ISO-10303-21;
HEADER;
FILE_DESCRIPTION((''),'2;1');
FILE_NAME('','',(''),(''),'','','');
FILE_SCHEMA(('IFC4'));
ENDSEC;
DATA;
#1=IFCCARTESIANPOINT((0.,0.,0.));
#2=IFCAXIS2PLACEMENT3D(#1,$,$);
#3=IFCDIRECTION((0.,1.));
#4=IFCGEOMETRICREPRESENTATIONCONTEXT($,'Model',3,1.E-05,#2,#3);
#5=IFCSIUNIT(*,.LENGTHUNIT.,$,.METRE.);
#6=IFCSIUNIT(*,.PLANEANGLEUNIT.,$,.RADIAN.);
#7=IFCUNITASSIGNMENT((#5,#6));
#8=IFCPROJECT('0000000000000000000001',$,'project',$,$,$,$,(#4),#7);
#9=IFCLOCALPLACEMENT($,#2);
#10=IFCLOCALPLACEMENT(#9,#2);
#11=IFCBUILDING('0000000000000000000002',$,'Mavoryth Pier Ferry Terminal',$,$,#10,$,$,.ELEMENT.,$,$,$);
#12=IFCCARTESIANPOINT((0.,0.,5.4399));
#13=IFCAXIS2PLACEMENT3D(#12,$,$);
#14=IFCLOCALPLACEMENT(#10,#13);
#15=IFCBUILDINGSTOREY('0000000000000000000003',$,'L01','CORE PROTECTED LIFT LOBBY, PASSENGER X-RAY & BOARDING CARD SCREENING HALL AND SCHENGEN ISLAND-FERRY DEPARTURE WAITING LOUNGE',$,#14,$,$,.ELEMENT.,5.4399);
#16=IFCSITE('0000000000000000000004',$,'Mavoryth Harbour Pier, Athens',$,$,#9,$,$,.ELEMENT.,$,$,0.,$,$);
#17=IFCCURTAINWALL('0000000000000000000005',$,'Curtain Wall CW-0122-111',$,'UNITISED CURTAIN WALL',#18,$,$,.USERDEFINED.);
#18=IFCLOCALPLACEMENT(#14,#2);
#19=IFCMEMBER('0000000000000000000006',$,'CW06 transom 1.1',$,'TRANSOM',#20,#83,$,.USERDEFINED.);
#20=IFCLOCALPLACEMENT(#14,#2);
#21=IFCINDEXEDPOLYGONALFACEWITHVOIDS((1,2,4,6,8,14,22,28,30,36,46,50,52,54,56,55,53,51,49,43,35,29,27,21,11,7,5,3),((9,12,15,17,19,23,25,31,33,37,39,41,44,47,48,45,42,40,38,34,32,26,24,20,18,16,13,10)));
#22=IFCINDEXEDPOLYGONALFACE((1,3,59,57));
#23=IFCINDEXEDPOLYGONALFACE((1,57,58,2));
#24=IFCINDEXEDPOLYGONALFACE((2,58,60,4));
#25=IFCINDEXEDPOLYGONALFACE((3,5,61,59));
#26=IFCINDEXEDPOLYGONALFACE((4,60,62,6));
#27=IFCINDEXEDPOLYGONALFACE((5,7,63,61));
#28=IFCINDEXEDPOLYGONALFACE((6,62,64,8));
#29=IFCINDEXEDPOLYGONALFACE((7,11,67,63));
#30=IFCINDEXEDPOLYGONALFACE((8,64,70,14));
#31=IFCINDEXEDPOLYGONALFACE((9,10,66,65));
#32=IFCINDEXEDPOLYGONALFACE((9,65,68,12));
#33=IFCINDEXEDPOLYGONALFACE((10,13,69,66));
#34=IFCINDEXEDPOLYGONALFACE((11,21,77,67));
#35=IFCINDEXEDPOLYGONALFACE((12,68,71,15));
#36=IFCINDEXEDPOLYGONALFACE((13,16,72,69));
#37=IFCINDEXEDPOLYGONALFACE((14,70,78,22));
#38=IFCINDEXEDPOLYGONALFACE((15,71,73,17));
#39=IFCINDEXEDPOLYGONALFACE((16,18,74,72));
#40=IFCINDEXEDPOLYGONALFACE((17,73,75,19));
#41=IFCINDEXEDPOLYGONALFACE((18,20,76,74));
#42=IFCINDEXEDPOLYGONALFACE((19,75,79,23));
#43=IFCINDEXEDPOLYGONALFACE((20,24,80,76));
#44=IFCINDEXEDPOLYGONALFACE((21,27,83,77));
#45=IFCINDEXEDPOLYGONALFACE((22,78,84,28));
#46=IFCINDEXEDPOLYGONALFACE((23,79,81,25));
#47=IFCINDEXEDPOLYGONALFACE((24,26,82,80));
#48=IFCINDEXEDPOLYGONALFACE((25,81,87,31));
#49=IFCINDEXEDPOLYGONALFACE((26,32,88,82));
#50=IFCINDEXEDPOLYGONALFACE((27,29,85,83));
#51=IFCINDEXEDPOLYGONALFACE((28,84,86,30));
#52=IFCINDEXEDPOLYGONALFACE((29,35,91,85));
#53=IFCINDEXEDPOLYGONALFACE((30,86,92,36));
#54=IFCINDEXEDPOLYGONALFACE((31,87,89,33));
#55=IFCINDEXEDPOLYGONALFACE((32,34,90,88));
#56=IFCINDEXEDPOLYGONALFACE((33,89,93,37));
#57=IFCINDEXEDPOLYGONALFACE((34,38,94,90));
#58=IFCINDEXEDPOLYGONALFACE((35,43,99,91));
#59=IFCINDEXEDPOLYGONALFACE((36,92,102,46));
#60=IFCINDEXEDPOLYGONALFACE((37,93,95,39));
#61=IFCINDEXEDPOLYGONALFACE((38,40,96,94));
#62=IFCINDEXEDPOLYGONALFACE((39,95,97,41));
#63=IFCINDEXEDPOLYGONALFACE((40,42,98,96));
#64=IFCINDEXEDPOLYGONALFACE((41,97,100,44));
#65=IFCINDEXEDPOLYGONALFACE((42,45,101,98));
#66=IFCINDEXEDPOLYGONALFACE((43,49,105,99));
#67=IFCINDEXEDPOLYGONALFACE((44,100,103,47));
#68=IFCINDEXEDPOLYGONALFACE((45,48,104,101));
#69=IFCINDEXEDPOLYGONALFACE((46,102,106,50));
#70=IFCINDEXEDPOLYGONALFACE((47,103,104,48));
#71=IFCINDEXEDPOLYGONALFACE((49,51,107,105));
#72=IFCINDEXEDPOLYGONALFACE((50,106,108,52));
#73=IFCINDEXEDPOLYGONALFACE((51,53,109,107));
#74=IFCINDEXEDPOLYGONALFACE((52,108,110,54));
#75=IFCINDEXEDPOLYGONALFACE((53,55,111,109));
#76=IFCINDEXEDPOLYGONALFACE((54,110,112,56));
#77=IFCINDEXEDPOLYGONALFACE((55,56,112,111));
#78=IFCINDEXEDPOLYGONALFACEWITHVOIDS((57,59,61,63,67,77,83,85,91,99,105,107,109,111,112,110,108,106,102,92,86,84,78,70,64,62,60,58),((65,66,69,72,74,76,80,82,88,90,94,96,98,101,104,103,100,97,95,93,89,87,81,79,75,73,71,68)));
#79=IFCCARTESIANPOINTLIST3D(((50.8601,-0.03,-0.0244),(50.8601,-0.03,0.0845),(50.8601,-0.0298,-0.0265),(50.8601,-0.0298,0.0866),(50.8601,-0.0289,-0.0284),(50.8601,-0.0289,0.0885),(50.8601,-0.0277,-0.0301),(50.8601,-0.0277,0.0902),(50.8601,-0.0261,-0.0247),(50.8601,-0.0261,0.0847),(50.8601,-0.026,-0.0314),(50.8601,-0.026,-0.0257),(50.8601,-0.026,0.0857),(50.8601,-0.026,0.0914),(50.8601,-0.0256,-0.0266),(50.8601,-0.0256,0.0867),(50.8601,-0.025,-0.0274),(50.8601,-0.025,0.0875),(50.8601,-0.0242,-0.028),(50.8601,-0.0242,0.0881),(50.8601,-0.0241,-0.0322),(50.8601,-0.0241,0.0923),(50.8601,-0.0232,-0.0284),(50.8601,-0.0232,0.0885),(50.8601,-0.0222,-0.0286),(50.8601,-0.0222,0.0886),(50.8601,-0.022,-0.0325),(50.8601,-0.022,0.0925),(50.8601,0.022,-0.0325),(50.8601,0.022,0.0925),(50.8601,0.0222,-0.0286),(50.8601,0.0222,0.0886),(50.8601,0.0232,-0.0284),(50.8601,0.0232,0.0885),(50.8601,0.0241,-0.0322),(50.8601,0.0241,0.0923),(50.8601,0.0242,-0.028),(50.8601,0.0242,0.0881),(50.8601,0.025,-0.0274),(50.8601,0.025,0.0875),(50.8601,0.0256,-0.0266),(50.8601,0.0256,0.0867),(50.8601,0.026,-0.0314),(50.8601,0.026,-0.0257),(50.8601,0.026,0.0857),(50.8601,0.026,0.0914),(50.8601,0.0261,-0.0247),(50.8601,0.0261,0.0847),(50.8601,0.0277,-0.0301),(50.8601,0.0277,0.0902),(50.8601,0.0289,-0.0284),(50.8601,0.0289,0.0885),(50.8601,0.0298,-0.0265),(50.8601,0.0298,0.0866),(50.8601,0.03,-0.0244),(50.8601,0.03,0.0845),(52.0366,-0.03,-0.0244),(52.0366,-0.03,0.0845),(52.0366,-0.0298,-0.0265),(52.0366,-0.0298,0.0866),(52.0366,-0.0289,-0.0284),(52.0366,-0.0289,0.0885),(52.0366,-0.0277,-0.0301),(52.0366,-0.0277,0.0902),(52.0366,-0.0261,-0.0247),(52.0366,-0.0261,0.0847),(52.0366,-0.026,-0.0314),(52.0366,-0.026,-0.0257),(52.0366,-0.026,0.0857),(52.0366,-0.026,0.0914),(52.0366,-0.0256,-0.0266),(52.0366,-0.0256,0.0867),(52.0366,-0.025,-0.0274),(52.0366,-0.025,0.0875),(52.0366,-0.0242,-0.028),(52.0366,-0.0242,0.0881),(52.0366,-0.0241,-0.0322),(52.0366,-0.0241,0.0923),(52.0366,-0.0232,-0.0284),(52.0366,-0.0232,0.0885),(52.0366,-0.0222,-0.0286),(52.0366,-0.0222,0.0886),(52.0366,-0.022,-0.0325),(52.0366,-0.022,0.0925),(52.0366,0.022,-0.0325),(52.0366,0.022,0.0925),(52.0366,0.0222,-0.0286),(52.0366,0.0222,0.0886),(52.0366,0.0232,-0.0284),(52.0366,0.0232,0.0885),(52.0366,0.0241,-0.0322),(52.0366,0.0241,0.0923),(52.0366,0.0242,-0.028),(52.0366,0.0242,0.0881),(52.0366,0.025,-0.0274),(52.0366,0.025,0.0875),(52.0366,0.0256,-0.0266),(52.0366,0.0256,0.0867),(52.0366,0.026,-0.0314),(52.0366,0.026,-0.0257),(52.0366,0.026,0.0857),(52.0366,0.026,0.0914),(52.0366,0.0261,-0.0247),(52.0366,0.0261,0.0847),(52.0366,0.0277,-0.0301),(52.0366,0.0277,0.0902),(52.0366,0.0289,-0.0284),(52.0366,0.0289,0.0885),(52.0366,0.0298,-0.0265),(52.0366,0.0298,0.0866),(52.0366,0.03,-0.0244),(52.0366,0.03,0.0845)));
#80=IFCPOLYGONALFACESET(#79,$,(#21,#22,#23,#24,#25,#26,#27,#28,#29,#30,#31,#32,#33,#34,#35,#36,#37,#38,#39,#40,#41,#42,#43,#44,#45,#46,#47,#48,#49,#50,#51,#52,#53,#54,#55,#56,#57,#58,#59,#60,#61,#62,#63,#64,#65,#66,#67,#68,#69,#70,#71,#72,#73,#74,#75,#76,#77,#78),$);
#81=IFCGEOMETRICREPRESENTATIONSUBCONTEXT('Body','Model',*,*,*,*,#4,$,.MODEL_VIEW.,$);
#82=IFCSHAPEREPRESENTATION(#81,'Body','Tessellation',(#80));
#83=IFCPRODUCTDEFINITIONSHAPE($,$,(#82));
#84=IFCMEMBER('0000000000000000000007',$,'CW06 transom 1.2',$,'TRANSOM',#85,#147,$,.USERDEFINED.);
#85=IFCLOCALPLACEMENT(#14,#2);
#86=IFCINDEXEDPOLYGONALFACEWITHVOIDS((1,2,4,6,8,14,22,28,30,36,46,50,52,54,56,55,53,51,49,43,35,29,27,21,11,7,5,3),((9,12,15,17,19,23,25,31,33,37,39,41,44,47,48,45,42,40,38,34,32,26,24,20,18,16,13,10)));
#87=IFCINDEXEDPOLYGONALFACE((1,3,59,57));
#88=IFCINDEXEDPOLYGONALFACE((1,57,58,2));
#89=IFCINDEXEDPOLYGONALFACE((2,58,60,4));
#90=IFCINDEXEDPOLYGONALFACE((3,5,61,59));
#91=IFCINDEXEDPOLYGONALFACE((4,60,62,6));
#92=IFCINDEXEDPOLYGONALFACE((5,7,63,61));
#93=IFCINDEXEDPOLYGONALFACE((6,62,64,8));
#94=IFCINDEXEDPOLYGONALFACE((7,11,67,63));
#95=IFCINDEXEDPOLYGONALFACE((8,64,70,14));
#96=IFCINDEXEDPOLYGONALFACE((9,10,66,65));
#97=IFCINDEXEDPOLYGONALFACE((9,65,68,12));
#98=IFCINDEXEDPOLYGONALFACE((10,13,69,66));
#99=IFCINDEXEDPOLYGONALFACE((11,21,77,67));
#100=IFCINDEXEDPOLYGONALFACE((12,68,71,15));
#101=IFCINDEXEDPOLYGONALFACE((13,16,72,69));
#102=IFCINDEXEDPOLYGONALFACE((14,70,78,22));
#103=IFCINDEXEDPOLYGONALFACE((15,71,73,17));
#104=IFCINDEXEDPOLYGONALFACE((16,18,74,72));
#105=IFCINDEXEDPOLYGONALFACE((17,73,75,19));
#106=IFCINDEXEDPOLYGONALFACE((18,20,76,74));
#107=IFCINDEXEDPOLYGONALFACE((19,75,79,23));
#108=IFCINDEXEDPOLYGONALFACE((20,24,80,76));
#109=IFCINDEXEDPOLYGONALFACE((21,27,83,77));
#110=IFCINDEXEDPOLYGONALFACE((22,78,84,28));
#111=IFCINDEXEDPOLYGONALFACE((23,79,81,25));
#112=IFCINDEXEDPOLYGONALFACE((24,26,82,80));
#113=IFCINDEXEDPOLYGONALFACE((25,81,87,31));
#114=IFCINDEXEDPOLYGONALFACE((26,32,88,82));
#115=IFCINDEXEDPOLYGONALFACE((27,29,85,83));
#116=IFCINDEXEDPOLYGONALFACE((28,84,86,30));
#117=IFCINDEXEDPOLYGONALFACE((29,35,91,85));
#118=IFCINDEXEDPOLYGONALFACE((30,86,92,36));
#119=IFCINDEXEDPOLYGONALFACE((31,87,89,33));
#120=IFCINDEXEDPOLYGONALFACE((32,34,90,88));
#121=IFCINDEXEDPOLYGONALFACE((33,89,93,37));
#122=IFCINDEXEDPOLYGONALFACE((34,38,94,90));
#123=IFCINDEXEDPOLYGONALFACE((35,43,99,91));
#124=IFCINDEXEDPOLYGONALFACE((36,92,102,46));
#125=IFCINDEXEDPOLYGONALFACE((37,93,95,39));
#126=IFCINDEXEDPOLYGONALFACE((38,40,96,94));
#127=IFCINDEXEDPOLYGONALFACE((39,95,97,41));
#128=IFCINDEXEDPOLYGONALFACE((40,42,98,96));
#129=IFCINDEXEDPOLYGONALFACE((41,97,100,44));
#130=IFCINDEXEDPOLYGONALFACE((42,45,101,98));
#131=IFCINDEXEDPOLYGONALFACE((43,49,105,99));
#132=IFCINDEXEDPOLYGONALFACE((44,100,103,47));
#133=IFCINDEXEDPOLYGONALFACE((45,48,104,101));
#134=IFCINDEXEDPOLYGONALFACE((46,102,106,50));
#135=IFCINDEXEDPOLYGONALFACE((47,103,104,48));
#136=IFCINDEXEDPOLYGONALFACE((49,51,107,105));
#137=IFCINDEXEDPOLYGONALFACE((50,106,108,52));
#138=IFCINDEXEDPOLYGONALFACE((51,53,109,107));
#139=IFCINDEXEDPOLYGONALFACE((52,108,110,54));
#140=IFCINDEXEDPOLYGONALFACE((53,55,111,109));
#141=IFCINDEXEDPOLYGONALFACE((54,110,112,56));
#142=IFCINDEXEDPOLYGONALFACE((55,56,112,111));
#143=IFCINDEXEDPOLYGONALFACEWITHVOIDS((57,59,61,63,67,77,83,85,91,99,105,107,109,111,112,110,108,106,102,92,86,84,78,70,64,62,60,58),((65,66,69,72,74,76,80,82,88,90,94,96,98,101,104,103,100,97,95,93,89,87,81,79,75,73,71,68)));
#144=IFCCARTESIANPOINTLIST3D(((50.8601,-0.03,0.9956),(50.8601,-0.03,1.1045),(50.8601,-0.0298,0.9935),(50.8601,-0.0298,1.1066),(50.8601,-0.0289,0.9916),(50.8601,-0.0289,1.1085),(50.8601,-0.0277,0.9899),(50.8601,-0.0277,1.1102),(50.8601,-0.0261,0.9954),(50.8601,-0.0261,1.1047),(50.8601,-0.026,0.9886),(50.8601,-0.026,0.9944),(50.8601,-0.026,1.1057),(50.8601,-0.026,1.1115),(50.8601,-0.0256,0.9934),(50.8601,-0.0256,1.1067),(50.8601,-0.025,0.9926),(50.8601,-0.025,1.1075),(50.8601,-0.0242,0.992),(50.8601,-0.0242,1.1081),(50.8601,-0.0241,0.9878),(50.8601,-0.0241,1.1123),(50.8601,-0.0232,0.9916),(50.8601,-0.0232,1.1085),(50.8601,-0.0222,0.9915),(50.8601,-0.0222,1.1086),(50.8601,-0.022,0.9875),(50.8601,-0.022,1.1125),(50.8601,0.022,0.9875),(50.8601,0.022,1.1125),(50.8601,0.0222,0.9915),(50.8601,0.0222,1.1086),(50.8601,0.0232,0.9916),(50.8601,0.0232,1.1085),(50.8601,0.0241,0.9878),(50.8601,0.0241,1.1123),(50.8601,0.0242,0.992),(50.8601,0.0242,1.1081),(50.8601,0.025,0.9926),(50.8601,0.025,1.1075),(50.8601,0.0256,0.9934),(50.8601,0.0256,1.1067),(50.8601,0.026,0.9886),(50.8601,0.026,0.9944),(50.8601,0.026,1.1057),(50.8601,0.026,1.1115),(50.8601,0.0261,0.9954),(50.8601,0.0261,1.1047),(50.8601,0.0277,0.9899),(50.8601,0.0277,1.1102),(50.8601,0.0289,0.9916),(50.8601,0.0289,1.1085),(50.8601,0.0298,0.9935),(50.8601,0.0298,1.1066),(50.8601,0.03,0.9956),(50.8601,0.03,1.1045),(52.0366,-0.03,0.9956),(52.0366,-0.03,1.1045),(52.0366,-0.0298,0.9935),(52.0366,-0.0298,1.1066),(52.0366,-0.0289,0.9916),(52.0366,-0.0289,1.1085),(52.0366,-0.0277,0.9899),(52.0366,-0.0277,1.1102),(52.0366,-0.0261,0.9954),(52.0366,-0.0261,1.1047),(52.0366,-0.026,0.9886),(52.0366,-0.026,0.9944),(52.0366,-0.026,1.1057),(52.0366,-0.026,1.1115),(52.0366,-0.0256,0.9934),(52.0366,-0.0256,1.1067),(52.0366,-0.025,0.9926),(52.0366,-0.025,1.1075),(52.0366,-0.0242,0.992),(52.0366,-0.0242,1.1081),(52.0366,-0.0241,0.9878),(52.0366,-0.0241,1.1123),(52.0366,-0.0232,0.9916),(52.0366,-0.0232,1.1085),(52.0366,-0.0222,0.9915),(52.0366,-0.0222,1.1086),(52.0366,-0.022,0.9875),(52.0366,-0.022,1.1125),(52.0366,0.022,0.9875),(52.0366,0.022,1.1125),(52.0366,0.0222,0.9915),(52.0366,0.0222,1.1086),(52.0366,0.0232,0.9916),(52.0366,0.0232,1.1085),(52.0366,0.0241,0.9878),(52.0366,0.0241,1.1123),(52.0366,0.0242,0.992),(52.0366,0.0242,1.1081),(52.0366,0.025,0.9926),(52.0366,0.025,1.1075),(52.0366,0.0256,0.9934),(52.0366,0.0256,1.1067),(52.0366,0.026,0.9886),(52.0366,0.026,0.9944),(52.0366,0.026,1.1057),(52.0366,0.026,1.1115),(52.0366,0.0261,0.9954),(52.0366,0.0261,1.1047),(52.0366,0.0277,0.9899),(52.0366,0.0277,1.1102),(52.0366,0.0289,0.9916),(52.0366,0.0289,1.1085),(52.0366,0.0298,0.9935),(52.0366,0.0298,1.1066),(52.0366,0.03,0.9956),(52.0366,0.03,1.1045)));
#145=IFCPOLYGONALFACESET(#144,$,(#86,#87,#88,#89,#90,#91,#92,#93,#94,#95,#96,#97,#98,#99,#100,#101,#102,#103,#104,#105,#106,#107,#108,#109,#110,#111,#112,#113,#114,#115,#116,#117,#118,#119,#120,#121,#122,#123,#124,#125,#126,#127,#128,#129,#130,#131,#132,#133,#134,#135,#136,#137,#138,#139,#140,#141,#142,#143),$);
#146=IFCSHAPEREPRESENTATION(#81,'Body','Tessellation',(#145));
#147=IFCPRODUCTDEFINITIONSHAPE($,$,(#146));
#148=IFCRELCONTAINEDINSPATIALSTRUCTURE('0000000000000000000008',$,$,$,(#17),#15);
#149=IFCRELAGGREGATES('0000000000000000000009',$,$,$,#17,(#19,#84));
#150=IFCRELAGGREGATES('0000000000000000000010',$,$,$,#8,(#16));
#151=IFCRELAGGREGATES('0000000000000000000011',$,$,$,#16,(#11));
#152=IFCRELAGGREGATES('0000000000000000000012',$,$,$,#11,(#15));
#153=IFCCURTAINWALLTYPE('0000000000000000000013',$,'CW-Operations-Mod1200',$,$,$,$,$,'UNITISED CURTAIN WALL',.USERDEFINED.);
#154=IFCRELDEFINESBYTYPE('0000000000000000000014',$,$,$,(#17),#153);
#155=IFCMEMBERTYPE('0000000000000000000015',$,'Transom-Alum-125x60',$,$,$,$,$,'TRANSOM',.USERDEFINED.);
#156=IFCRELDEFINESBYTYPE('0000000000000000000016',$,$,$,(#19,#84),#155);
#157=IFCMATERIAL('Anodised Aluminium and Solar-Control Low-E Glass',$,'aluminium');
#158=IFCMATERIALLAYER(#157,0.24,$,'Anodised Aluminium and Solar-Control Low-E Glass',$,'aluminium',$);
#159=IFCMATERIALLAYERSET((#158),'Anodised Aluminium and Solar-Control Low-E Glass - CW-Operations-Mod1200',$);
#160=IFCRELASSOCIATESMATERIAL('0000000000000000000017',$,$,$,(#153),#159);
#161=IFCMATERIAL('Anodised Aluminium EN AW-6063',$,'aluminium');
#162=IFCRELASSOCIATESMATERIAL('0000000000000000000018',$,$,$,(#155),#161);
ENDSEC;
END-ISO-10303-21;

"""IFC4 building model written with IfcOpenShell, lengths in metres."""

from ifc_helpers import new_model, si_unit, direction, frame, origin, origin_2d, place, context, subcontext, project, spatial, hollow_rectangle, extrude, material, layer, layer_set, material_profile, profile_set, type_object, element, aggregate, save


model = new_model("IFC4")

# Units and contexts
model_context = context("Model", 3, precision=1e-05, world=origin(), true_north=direction((0.0, 1.0)))
body_context = subcontext(model_context, "Body", "Model", "MODEL_VIEW")
ifc_project = project(units=[si_unit("LENGTHUNIT", "METRE"), si_unit("PLANEANGLEUNIT", "RADIAN")], contexts=[model_context])

# Site, building, storey
site_placement = place(None, origin())
site = spatial("IfcSite", under=ifc_project, at=site_placement, Name="Mavoryth Harbour Pier, Athens", CompositionType="ELEMENT", RefElevation=0.0)
building_placement = place(site_placement, origin())
building = spatial("IfcBuilding", under=site, at=building_placement, Name="Mavoryth Pier Ferry Terminal", CompositionType="ELEMENT")
storey_placement = place(building_placement, frame((0.0, 0.0, 5.4399)))
storey = spatial("IfcBuildingStorey", under=building, at=storey_placement, Name="L01", Description="CORE PROTECTED LIFT LOBBY, PASSENGER X-RAY & BOARDING CARD SCREENING HALL AND SCHENGEN ISLAND-FERRY DEPARTURE WAITING LOUNGE", CompositionType="ELEMENT", Elevation=5.4399)

# Shared definitions
ifc_material_1 = material(Name="Anodised Aluminium and Solar-Control Low-E Glass", Category="aluminium")
ifc_layer_1 = layer(ifc_material_1, 0.24, Name="Anodised Aluminium and Solar-Control Low-E Glass", Category="aluminium")
ifc_layer_set_1 = layer_set([ifc_layer_1], Name="Anodised Aluminium and Solar-Control Low-E Glass - CW-Operations-Mod1200")
curtain_wall_type = type_object("IfcCurtainWallType", Name="CW-Operations-Mod1200", ElementType="UNITISED CURTAIN WALL", PredefinedType="USERDEFINED", material=ifc_layer_set_1)
ifc_material_2 = material(Name="Anodised Aluminium EN AW-6063", Category="aluminium")

# Curtain wall
curtain_wall_1_placement = place(storey_placement, origin())
curtain_wall_1 = element("IfcCurtainWall", 1, at=curtain_wall_1_placement, inside=storey, type_object=curtain_wall_type, Name="Curtain Wall CW-0122-111", ObjectType="UNITISED CURTAIN WALL", PredefinedType="USERDEFINED")

# Members
ifc_material_profile_1 = material_profile(ifc_material_2, hollow_rectangle(XDim=0.0601, YDim=0.125, WallThickness=0.0039, InnerFilletRadius=0.0039, OuterFilletRadius=0.0081, at=origin_2d()), Name="AL-TRAN 125x60x4", Category="aluminium")
ifc_profile_set_1 = profile_set([ifc_material_profile_1], Name="Anodised Aluminium EN AW-6063 - AL-TRAN 125x60x4")
member_type_1 = type_object("IfcMemberType", Name="Transom-Alum-125x60", ElementType="TRANSOM", PredefinedType="USERDEFINED", material=ifc_profile_set_1)
member_1_placement = place(storey_placement, frame((50.8601, 0.0, 0.03), z_axis=(1.0, 0.0, 0.0), x_axis=(0.0, 1.0, 0.0)))
member_1 = element("IfcMember", 2, at=member_1_placement, type_object=member_type_1, Name="CW06 transom 1.1", ObjectType="TRANSOM", PredefinedType="USERDEFINED", context=body_context, shape_type="SweptSolid", body=[
    extrude(hollow_rectangle(XDim=0.0601, YDim=0.125, WallThickness=0.0039, InnerFilletRadius=0.0039, OuterFilletRadius=0.0081, at=origin_2d()), origin(), (0.0, 0.0, 1.0), 1.1765),
])
member_2_placement = place(storey_placement, frame((50.8601, 0.0, 1.05), z_axis=(1.0, 0.0, 0.0), x_axis=(0.0, 1.0, 0.0)))
member_2 = element("IfcMember", 3, at=member_2_placement, type_object=member_type_1, Name="CW06 transom 1.2", ObjectType="TRANSOM", PredefinedType="USERDEFINED", context=body_context, shape_type="SweptSolid", body=[
    extrude(hollow_rectangle(XDim=0.0601, YDim=0.125, WallThickness=0.0039, InnerFilletRadius=0.0039, OuterFilletRadius=0.0081, at=origin_2d()), origin(), (0.0, 0.0, 1.0), 1.1765),
])

aggregate(curtain_wall_1, [member_1, member_2])

save(model, "model.ifc")
